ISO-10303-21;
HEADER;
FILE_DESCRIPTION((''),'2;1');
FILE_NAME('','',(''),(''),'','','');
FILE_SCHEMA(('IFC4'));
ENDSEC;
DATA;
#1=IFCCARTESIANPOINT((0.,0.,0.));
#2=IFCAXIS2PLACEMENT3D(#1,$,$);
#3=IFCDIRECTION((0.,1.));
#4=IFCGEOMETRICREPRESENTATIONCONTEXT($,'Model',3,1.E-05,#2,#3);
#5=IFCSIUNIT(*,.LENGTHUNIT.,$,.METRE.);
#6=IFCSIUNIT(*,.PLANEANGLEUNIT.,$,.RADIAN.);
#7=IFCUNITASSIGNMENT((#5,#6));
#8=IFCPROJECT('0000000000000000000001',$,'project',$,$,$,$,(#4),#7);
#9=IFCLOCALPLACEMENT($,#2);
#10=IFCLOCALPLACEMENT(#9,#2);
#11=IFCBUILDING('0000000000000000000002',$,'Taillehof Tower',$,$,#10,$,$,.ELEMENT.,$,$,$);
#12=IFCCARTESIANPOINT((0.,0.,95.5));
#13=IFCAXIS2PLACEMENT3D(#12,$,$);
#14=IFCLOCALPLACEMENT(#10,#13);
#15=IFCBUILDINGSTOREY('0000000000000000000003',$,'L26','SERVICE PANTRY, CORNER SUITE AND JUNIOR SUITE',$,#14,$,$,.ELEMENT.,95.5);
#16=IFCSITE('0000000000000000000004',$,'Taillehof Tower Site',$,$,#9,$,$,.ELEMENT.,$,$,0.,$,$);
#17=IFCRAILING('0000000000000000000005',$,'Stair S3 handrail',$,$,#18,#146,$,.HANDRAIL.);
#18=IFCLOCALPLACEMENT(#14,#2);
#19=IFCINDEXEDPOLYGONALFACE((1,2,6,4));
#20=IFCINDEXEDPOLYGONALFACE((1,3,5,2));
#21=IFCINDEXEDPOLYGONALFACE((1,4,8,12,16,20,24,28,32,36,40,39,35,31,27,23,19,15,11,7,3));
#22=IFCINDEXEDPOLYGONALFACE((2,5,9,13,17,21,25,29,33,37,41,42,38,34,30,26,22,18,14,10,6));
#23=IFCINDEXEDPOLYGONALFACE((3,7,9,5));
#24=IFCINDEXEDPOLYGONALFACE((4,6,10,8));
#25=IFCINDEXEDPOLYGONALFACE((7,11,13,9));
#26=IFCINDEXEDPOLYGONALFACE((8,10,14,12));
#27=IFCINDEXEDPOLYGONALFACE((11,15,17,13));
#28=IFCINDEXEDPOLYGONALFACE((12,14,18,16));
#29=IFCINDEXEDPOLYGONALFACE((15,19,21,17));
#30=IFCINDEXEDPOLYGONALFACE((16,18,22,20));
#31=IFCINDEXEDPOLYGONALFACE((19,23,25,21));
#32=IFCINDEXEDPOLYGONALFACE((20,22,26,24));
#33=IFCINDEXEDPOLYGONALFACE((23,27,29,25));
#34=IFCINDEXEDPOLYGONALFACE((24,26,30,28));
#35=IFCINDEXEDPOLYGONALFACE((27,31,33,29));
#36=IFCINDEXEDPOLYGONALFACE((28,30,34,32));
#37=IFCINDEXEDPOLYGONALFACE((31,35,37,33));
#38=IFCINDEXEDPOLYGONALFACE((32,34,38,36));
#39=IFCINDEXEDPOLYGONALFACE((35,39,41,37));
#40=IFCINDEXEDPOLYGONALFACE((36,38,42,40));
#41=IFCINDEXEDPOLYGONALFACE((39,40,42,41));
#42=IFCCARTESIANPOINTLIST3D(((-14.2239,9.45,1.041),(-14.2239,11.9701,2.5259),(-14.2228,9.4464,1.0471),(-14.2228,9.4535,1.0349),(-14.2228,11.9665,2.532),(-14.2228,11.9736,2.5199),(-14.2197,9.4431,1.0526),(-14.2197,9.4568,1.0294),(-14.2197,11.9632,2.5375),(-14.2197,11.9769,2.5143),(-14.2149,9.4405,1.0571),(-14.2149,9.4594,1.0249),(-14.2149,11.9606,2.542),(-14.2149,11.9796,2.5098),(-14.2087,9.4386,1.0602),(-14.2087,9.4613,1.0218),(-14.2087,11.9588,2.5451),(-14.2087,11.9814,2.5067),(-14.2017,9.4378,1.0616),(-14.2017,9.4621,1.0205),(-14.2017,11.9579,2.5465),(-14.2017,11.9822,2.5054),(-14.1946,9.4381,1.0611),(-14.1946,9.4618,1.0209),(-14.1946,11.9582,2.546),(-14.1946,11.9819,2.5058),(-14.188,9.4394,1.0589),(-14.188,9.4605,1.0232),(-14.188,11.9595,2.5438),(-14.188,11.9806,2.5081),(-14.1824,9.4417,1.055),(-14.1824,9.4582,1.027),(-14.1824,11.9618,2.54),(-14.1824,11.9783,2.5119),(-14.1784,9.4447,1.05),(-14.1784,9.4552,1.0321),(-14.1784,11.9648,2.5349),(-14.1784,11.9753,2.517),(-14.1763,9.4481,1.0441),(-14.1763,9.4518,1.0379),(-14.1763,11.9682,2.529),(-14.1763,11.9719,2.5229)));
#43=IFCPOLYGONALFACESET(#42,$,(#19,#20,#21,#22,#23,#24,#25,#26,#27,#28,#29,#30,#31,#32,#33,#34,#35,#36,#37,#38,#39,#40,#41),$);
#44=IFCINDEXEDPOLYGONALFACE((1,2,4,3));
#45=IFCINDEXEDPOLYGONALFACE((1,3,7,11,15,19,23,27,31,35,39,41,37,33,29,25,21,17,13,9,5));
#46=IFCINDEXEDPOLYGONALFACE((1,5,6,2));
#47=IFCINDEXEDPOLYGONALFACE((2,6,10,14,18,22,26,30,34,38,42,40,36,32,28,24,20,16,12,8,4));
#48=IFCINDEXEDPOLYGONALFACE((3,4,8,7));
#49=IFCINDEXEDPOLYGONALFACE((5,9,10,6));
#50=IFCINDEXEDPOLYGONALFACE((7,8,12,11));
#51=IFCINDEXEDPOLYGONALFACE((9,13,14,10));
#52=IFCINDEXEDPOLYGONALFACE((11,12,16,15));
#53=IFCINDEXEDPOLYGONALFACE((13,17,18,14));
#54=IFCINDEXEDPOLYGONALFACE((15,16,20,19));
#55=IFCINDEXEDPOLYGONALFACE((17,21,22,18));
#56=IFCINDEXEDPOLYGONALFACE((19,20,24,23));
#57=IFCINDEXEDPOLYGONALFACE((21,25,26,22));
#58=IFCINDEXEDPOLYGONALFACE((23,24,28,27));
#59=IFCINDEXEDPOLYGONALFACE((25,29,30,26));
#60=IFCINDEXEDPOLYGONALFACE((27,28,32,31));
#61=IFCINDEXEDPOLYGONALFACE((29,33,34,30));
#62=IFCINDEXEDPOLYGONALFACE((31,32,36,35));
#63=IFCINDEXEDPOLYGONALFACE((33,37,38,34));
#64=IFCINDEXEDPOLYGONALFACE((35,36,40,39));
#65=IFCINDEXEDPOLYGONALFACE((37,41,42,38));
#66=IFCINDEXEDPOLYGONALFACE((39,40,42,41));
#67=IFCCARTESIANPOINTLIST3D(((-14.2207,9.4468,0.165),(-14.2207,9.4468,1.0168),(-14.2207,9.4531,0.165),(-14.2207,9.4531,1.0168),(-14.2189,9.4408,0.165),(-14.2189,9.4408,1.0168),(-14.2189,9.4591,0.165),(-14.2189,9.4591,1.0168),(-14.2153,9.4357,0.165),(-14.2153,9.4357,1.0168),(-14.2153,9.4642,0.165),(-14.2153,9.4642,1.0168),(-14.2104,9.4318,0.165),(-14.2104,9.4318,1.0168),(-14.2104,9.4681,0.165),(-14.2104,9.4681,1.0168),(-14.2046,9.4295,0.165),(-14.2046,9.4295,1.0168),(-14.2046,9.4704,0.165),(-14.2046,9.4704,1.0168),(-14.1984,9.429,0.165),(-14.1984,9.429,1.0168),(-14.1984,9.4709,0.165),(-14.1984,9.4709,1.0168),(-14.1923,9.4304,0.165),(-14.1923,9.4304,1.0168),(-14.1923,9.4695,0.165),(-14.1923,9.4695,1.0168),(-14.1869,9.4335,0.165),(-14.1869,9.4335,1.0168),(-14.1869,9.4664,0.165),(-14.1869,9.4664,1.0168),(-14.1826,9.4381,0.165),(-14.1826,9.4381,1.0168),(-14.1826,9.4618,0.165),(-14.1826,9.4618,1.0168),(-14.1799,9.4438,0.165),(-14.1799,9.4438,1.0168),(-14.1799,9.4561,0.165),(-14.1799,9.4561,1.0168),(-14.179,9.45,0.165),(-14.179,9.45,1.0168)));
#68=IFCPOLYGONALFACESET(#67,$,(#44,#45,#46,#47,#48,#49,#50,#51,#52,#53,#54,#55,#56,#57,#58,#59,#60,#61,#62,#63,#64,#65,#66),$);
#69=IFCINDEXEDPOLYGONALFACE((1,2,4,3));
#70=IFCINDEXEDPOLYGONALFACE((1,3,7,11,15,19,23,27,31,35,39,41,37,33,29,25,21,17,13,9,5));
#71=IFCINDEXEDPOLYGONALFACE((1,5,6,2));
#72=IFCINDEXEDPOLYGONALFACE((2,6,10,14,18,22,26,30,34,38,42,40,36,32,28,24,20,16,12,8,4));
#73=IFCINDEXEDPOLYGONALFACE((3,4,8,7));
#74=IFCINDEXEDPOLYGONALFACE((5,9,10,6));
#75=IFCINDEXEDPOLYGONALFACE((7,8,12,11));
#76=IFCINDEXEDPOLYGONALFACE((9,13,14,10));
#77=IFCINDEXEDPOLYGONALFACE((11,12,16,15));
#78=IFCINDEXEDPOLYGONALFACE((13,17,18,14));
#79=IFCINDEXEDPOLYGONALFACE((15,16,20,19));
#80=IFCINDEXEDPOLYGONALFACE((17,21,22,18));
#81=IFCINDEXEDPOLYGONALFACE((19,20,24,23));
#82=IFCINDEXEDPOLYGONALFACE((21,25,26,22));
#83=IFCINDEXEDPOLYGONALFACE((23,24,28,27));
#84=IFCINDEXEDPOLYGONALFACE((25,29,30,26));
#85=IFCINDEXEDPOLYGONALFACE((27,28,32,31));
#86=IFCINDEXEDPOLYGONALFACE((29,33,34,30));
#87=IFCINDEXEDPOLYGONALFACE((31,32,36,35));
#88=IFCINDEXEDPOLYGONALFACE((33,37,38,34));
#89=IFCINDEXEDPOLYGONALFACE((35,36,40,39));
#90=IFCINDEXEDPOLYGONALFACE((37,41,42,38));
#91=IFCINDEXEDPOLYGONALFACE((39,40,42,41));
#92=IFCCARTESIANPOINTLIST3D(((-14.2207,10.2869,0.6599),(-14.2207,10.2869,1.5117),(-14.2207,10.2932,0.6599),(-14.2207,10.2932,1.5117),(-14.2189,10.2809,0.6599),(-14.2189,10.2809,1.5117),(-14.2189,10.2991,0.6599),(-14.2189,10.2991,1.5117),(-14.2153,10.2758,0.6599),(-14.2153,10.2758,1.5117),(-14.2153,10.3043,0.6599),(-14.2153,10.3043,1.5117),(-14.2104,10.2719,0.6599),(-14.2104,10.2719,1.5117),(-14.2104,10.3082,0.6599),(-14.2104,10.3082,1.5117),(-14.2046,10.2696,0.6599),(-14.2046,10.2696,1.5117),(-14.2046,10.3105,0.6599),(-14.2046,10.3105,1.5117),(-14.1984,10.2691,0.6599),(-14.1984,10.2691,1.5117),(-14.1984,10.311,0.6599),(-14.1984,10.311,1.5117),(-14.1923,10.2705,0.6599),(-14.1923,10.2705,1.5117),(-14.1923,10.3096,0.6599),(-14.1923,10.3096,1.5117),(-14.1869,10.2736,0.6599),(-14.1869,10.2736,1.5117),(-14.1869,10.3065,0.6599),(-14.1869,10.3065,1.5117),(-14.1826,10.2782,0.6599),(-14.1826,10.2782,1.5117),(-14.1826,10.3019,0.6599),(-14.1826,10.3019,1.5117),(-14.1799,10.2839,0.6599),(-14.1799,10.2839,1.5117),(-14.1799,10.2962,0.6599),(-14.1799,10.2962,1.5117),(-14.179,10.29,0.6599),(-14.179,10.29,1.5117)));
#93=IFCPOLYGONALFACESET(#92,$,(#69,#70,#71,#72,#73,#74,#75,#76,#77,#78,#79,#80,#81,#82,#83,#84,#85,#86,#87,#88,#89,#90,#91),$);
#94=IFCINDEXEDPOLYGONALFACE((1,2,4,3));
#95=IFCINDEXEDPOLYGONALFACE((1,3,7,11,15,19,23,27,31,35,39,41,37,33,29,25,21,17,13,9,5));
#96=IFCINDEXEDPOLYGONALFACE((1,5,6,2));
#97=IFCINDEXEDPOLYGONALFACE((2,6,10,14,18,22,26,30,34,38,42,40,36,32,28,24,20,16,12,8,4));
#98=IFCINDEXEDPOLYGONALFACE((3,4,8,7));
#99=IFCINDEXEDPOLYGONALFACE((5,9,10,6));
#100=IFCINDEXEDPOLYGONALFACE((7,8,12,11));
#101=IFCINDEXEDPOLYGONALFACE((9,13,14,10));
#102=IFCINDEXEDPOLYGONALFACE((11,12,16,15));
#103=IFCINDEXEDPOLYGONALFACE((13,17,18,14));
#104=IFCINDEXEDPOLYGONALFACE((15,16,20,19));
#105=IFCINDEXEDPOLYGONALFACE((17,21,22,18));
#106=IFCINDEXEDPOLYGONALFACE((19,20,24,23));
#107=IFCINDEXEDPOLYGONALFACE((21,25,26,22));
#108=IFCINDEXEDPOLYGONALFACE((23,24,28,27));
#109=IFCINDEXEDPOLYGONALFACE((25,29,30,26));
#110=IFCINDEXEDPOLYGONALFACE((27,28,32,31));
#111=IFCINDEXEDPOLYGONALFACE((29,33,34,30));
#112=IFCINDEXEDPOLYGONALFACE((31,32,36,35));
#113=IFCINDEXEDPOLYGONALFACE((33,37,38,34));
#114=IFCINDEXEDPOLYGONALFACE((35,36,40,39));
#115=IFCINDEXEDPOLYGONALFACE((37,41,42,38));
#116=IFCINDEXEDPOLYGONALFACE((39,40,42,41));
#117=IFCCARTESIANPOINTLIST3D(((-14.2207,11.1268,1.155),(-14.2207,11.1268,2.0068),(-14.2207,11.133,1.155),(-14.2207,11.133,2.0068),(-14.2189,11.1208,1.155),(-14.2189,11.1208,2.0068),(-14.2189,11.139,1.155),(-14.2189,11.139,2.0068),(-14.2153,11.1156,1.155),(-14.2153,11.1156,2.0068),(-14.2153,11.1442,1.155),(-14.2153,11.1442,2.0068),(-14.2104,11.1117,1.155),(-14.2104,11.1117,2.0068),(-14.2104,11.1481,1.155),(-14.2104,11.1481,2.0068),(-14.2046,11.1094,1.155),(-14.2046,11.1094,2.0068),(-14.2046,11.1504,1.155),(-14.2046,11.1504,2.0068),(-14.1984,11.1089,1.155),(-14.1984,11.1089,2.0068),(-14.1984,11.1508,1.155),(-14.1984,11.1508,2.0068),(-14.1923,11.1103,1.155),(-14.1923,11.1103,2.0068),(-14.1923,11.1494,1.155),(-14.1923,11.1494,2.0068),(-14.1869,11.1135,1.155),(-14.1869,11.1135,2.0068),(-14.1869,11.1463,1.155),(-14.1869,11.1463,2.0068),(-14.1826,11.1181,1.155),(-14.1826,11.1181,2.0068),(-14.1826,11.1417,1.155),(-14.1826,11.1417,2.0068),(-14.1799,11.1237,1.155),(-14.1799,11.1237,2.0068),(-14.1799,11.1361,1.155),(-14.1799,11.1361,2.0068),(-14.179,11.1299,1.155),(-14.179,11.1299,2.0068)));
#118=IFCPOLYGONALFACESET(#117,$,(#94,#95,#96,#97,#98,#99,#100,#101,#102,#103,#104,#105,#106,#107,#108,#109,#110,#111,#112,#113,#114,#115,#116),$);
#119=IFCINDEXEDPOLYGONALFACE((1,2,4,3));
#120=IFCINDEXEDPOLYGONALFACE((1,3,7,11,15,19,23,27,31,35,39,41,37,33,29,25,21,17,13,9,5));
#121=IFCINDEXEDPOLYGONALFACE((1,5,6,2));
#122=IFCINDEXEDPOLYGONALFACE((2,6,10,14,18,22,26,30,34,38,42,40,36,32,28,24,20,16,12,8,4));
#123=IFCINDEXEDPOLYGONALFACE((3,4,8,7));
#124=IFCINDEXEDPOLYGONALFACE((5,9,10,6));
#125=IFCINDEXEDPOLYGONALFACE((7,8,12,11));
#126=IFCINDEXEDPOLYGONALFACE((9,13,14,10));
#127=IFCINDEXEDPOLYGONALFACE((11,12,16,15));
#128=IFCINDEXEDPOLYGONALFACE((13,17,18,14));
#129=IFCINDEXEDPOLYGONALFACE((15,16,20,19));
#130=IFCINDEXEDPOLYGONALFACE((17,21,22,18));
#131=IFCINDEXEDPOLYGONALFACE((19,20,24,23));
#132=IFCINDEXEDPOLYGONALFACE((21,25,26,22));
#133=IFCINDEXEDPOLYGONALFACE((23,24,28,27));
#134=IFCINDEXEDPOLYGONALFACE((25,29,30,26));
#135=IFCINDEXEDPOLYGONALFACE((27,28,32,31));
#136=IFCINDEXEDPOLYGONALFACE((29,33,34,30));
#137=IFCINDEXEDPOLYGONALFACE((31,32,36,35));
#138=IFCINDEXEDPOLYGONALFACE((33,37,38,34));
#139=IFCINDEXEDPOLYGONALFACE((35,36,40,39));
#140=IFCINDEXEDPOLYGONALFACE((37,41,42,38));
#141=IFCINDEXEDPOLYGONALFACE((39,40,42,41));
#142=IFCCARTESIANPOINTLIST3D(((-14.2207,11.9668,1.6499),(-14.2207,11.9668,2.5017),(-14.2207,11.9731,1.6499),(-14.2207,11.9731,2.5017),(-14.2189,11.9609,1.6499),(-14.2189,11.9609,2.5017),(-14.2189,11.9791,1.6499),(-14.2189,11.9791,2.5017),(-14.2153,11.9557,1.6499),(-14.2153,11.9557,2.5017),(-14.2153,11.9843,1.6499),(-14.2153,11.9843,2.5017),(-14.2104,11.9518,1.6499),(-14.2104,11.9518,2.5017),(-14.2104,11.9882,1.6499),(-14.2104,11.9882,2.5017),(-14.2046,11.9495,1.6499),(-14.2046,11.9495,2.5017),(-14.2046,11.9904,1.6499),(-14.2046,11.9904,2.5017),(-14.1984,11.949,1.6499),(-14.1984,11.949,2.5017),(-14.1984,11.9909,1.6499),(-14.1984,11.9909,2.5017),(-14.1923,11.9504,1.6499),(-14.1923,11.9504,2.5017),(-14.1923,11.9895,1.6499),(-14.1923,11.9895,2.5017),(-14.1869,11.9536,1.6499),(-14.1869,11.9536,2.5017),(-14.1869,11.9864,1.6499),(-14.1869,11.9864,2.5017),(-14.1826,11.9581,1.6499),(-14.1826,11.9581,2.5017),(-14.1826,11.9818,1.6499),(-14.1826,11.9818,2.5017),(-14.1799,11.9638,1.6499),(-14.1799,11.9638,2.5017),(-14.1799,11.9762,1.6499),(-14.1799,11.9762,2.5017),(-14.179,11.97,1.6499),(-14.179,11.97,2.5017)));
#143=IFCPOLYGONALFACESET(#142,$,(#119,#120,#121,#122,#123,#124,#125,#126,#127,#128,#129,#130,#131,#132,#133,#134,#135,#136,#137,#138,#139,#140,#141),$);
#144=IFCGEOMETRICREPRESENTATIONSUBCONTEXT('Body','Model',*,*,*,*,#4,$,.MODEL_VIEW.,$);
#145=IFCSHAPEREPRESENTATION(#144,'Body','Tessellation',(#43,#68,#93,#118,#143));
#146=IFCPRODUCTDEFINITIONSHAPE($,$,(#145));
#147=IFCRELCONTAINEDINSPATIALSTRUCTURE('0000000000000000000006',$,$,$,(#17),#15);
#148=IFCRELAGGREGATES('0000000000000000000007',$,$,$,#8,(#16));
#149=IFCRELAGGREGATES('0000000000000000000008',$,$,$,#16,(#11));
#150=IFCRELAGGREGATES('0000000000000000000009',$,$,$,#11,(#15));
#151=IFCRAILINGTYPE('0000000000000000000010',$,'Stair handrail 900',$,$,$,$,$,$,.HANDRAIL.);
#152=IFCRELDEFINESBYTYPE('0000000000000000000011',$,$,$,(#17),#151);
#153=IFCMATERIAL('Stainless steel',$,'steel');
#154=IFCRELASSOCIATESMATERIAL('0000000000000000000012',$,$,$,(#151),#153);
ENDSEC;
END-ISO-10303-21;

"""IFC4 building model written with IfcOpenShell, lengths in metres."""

from ifc_helpers import new_model, si_unit, direction, frame, origin, origin_2d, place, context, subcontext, project, spatial, circle, extrude, material, type_object, element, save


model = new_model("IFC4")

# Units and contexts
model_context = context("Model", 3, precision=1e-05, world=origin(), true_north=direction((0.0, 1.0)))
body_context = subcontext(model_context, "Body", "Model", "MODEL_VIEW")
ifc_project = project(units=[si_unit("LENGTHUNIT", "METRE"), si_unit("PLANEANGLEUNIT", "RADIAN")], contexts=[model_context])

# Site, building, storey
site_placement = place(None, origin())
site = spatial("IfcSite", under=ifc_project, at=site_placement, Name="Taillehof Tower Site", CompositionType="ELEMENT", RefElevation=0.0)
building_placement = place(site_placement, origin())
building = spatial("IfcBuilding", under=site, at=building_placement, Name="Taillehof Tower", CompositionType="ELEMENT")
storey_placement = place(building_placement, frame((0.0, 0.0, 95.5)))
storey = spatial("IfcBuildingStorey", under=building, at=storey_placement, Name="L26", Description="SERVICE PANTRY, CORNER SUITE AND JUNIOR SUITE", CompositionType="ELEMENT", Elevation=95.5)

# Railing
ifc_material_1 = material(Name="Stainless steel", Category="steel")
railing_type = type_object("IfcRailingType", Name="Stair handrail 900", PredefinedType="HANDRAIL", material=ifc_material_1)
railing_placement = place(storey_placement, frame((-14.2, 9.45, 0.165)))
element("IfcRailing", 1, at=railing_placement, inside=storey, type_object=railing_type, Name="Stair S3 handrail", PredefinedType="HANDRAIL", context=body_context, shape_type="SweptSolid", body=[
    extrude(circle(Radius=0.0239, at=origin_2d()), frame((0.0, 0.0, 0.876), z_axis=(0.0, 0.861561, 0.507655), x_axis=(-1.0, 0.0, 0.0)), (0.0, 0.0, 1.0), 2.925),
    extrude(circle(Radius=0.021, at=origin_2d()), origin(), (0.0, 0.0, 1.0), 0.8518),
    extrude(circle(Radius=0.021, at=origin_2d()), frame((0.0, 0.8401, 0.4949)), (0.0, 0.0, 1.0), 0.8518),
    extrude(circle(Radius=0.021, at=origin_2d()), frame((0.0, 1.6799, 0.99)), (0.0, 0.0, 1.0), 0.8518),
    extrude(circle(Radius=0.021, at=origin_2d()), frame((0.0, 2.52, 1.4849)), (0.0, 0.0, 1.0), 0.8518),
])

save(model, "model.ifc")
